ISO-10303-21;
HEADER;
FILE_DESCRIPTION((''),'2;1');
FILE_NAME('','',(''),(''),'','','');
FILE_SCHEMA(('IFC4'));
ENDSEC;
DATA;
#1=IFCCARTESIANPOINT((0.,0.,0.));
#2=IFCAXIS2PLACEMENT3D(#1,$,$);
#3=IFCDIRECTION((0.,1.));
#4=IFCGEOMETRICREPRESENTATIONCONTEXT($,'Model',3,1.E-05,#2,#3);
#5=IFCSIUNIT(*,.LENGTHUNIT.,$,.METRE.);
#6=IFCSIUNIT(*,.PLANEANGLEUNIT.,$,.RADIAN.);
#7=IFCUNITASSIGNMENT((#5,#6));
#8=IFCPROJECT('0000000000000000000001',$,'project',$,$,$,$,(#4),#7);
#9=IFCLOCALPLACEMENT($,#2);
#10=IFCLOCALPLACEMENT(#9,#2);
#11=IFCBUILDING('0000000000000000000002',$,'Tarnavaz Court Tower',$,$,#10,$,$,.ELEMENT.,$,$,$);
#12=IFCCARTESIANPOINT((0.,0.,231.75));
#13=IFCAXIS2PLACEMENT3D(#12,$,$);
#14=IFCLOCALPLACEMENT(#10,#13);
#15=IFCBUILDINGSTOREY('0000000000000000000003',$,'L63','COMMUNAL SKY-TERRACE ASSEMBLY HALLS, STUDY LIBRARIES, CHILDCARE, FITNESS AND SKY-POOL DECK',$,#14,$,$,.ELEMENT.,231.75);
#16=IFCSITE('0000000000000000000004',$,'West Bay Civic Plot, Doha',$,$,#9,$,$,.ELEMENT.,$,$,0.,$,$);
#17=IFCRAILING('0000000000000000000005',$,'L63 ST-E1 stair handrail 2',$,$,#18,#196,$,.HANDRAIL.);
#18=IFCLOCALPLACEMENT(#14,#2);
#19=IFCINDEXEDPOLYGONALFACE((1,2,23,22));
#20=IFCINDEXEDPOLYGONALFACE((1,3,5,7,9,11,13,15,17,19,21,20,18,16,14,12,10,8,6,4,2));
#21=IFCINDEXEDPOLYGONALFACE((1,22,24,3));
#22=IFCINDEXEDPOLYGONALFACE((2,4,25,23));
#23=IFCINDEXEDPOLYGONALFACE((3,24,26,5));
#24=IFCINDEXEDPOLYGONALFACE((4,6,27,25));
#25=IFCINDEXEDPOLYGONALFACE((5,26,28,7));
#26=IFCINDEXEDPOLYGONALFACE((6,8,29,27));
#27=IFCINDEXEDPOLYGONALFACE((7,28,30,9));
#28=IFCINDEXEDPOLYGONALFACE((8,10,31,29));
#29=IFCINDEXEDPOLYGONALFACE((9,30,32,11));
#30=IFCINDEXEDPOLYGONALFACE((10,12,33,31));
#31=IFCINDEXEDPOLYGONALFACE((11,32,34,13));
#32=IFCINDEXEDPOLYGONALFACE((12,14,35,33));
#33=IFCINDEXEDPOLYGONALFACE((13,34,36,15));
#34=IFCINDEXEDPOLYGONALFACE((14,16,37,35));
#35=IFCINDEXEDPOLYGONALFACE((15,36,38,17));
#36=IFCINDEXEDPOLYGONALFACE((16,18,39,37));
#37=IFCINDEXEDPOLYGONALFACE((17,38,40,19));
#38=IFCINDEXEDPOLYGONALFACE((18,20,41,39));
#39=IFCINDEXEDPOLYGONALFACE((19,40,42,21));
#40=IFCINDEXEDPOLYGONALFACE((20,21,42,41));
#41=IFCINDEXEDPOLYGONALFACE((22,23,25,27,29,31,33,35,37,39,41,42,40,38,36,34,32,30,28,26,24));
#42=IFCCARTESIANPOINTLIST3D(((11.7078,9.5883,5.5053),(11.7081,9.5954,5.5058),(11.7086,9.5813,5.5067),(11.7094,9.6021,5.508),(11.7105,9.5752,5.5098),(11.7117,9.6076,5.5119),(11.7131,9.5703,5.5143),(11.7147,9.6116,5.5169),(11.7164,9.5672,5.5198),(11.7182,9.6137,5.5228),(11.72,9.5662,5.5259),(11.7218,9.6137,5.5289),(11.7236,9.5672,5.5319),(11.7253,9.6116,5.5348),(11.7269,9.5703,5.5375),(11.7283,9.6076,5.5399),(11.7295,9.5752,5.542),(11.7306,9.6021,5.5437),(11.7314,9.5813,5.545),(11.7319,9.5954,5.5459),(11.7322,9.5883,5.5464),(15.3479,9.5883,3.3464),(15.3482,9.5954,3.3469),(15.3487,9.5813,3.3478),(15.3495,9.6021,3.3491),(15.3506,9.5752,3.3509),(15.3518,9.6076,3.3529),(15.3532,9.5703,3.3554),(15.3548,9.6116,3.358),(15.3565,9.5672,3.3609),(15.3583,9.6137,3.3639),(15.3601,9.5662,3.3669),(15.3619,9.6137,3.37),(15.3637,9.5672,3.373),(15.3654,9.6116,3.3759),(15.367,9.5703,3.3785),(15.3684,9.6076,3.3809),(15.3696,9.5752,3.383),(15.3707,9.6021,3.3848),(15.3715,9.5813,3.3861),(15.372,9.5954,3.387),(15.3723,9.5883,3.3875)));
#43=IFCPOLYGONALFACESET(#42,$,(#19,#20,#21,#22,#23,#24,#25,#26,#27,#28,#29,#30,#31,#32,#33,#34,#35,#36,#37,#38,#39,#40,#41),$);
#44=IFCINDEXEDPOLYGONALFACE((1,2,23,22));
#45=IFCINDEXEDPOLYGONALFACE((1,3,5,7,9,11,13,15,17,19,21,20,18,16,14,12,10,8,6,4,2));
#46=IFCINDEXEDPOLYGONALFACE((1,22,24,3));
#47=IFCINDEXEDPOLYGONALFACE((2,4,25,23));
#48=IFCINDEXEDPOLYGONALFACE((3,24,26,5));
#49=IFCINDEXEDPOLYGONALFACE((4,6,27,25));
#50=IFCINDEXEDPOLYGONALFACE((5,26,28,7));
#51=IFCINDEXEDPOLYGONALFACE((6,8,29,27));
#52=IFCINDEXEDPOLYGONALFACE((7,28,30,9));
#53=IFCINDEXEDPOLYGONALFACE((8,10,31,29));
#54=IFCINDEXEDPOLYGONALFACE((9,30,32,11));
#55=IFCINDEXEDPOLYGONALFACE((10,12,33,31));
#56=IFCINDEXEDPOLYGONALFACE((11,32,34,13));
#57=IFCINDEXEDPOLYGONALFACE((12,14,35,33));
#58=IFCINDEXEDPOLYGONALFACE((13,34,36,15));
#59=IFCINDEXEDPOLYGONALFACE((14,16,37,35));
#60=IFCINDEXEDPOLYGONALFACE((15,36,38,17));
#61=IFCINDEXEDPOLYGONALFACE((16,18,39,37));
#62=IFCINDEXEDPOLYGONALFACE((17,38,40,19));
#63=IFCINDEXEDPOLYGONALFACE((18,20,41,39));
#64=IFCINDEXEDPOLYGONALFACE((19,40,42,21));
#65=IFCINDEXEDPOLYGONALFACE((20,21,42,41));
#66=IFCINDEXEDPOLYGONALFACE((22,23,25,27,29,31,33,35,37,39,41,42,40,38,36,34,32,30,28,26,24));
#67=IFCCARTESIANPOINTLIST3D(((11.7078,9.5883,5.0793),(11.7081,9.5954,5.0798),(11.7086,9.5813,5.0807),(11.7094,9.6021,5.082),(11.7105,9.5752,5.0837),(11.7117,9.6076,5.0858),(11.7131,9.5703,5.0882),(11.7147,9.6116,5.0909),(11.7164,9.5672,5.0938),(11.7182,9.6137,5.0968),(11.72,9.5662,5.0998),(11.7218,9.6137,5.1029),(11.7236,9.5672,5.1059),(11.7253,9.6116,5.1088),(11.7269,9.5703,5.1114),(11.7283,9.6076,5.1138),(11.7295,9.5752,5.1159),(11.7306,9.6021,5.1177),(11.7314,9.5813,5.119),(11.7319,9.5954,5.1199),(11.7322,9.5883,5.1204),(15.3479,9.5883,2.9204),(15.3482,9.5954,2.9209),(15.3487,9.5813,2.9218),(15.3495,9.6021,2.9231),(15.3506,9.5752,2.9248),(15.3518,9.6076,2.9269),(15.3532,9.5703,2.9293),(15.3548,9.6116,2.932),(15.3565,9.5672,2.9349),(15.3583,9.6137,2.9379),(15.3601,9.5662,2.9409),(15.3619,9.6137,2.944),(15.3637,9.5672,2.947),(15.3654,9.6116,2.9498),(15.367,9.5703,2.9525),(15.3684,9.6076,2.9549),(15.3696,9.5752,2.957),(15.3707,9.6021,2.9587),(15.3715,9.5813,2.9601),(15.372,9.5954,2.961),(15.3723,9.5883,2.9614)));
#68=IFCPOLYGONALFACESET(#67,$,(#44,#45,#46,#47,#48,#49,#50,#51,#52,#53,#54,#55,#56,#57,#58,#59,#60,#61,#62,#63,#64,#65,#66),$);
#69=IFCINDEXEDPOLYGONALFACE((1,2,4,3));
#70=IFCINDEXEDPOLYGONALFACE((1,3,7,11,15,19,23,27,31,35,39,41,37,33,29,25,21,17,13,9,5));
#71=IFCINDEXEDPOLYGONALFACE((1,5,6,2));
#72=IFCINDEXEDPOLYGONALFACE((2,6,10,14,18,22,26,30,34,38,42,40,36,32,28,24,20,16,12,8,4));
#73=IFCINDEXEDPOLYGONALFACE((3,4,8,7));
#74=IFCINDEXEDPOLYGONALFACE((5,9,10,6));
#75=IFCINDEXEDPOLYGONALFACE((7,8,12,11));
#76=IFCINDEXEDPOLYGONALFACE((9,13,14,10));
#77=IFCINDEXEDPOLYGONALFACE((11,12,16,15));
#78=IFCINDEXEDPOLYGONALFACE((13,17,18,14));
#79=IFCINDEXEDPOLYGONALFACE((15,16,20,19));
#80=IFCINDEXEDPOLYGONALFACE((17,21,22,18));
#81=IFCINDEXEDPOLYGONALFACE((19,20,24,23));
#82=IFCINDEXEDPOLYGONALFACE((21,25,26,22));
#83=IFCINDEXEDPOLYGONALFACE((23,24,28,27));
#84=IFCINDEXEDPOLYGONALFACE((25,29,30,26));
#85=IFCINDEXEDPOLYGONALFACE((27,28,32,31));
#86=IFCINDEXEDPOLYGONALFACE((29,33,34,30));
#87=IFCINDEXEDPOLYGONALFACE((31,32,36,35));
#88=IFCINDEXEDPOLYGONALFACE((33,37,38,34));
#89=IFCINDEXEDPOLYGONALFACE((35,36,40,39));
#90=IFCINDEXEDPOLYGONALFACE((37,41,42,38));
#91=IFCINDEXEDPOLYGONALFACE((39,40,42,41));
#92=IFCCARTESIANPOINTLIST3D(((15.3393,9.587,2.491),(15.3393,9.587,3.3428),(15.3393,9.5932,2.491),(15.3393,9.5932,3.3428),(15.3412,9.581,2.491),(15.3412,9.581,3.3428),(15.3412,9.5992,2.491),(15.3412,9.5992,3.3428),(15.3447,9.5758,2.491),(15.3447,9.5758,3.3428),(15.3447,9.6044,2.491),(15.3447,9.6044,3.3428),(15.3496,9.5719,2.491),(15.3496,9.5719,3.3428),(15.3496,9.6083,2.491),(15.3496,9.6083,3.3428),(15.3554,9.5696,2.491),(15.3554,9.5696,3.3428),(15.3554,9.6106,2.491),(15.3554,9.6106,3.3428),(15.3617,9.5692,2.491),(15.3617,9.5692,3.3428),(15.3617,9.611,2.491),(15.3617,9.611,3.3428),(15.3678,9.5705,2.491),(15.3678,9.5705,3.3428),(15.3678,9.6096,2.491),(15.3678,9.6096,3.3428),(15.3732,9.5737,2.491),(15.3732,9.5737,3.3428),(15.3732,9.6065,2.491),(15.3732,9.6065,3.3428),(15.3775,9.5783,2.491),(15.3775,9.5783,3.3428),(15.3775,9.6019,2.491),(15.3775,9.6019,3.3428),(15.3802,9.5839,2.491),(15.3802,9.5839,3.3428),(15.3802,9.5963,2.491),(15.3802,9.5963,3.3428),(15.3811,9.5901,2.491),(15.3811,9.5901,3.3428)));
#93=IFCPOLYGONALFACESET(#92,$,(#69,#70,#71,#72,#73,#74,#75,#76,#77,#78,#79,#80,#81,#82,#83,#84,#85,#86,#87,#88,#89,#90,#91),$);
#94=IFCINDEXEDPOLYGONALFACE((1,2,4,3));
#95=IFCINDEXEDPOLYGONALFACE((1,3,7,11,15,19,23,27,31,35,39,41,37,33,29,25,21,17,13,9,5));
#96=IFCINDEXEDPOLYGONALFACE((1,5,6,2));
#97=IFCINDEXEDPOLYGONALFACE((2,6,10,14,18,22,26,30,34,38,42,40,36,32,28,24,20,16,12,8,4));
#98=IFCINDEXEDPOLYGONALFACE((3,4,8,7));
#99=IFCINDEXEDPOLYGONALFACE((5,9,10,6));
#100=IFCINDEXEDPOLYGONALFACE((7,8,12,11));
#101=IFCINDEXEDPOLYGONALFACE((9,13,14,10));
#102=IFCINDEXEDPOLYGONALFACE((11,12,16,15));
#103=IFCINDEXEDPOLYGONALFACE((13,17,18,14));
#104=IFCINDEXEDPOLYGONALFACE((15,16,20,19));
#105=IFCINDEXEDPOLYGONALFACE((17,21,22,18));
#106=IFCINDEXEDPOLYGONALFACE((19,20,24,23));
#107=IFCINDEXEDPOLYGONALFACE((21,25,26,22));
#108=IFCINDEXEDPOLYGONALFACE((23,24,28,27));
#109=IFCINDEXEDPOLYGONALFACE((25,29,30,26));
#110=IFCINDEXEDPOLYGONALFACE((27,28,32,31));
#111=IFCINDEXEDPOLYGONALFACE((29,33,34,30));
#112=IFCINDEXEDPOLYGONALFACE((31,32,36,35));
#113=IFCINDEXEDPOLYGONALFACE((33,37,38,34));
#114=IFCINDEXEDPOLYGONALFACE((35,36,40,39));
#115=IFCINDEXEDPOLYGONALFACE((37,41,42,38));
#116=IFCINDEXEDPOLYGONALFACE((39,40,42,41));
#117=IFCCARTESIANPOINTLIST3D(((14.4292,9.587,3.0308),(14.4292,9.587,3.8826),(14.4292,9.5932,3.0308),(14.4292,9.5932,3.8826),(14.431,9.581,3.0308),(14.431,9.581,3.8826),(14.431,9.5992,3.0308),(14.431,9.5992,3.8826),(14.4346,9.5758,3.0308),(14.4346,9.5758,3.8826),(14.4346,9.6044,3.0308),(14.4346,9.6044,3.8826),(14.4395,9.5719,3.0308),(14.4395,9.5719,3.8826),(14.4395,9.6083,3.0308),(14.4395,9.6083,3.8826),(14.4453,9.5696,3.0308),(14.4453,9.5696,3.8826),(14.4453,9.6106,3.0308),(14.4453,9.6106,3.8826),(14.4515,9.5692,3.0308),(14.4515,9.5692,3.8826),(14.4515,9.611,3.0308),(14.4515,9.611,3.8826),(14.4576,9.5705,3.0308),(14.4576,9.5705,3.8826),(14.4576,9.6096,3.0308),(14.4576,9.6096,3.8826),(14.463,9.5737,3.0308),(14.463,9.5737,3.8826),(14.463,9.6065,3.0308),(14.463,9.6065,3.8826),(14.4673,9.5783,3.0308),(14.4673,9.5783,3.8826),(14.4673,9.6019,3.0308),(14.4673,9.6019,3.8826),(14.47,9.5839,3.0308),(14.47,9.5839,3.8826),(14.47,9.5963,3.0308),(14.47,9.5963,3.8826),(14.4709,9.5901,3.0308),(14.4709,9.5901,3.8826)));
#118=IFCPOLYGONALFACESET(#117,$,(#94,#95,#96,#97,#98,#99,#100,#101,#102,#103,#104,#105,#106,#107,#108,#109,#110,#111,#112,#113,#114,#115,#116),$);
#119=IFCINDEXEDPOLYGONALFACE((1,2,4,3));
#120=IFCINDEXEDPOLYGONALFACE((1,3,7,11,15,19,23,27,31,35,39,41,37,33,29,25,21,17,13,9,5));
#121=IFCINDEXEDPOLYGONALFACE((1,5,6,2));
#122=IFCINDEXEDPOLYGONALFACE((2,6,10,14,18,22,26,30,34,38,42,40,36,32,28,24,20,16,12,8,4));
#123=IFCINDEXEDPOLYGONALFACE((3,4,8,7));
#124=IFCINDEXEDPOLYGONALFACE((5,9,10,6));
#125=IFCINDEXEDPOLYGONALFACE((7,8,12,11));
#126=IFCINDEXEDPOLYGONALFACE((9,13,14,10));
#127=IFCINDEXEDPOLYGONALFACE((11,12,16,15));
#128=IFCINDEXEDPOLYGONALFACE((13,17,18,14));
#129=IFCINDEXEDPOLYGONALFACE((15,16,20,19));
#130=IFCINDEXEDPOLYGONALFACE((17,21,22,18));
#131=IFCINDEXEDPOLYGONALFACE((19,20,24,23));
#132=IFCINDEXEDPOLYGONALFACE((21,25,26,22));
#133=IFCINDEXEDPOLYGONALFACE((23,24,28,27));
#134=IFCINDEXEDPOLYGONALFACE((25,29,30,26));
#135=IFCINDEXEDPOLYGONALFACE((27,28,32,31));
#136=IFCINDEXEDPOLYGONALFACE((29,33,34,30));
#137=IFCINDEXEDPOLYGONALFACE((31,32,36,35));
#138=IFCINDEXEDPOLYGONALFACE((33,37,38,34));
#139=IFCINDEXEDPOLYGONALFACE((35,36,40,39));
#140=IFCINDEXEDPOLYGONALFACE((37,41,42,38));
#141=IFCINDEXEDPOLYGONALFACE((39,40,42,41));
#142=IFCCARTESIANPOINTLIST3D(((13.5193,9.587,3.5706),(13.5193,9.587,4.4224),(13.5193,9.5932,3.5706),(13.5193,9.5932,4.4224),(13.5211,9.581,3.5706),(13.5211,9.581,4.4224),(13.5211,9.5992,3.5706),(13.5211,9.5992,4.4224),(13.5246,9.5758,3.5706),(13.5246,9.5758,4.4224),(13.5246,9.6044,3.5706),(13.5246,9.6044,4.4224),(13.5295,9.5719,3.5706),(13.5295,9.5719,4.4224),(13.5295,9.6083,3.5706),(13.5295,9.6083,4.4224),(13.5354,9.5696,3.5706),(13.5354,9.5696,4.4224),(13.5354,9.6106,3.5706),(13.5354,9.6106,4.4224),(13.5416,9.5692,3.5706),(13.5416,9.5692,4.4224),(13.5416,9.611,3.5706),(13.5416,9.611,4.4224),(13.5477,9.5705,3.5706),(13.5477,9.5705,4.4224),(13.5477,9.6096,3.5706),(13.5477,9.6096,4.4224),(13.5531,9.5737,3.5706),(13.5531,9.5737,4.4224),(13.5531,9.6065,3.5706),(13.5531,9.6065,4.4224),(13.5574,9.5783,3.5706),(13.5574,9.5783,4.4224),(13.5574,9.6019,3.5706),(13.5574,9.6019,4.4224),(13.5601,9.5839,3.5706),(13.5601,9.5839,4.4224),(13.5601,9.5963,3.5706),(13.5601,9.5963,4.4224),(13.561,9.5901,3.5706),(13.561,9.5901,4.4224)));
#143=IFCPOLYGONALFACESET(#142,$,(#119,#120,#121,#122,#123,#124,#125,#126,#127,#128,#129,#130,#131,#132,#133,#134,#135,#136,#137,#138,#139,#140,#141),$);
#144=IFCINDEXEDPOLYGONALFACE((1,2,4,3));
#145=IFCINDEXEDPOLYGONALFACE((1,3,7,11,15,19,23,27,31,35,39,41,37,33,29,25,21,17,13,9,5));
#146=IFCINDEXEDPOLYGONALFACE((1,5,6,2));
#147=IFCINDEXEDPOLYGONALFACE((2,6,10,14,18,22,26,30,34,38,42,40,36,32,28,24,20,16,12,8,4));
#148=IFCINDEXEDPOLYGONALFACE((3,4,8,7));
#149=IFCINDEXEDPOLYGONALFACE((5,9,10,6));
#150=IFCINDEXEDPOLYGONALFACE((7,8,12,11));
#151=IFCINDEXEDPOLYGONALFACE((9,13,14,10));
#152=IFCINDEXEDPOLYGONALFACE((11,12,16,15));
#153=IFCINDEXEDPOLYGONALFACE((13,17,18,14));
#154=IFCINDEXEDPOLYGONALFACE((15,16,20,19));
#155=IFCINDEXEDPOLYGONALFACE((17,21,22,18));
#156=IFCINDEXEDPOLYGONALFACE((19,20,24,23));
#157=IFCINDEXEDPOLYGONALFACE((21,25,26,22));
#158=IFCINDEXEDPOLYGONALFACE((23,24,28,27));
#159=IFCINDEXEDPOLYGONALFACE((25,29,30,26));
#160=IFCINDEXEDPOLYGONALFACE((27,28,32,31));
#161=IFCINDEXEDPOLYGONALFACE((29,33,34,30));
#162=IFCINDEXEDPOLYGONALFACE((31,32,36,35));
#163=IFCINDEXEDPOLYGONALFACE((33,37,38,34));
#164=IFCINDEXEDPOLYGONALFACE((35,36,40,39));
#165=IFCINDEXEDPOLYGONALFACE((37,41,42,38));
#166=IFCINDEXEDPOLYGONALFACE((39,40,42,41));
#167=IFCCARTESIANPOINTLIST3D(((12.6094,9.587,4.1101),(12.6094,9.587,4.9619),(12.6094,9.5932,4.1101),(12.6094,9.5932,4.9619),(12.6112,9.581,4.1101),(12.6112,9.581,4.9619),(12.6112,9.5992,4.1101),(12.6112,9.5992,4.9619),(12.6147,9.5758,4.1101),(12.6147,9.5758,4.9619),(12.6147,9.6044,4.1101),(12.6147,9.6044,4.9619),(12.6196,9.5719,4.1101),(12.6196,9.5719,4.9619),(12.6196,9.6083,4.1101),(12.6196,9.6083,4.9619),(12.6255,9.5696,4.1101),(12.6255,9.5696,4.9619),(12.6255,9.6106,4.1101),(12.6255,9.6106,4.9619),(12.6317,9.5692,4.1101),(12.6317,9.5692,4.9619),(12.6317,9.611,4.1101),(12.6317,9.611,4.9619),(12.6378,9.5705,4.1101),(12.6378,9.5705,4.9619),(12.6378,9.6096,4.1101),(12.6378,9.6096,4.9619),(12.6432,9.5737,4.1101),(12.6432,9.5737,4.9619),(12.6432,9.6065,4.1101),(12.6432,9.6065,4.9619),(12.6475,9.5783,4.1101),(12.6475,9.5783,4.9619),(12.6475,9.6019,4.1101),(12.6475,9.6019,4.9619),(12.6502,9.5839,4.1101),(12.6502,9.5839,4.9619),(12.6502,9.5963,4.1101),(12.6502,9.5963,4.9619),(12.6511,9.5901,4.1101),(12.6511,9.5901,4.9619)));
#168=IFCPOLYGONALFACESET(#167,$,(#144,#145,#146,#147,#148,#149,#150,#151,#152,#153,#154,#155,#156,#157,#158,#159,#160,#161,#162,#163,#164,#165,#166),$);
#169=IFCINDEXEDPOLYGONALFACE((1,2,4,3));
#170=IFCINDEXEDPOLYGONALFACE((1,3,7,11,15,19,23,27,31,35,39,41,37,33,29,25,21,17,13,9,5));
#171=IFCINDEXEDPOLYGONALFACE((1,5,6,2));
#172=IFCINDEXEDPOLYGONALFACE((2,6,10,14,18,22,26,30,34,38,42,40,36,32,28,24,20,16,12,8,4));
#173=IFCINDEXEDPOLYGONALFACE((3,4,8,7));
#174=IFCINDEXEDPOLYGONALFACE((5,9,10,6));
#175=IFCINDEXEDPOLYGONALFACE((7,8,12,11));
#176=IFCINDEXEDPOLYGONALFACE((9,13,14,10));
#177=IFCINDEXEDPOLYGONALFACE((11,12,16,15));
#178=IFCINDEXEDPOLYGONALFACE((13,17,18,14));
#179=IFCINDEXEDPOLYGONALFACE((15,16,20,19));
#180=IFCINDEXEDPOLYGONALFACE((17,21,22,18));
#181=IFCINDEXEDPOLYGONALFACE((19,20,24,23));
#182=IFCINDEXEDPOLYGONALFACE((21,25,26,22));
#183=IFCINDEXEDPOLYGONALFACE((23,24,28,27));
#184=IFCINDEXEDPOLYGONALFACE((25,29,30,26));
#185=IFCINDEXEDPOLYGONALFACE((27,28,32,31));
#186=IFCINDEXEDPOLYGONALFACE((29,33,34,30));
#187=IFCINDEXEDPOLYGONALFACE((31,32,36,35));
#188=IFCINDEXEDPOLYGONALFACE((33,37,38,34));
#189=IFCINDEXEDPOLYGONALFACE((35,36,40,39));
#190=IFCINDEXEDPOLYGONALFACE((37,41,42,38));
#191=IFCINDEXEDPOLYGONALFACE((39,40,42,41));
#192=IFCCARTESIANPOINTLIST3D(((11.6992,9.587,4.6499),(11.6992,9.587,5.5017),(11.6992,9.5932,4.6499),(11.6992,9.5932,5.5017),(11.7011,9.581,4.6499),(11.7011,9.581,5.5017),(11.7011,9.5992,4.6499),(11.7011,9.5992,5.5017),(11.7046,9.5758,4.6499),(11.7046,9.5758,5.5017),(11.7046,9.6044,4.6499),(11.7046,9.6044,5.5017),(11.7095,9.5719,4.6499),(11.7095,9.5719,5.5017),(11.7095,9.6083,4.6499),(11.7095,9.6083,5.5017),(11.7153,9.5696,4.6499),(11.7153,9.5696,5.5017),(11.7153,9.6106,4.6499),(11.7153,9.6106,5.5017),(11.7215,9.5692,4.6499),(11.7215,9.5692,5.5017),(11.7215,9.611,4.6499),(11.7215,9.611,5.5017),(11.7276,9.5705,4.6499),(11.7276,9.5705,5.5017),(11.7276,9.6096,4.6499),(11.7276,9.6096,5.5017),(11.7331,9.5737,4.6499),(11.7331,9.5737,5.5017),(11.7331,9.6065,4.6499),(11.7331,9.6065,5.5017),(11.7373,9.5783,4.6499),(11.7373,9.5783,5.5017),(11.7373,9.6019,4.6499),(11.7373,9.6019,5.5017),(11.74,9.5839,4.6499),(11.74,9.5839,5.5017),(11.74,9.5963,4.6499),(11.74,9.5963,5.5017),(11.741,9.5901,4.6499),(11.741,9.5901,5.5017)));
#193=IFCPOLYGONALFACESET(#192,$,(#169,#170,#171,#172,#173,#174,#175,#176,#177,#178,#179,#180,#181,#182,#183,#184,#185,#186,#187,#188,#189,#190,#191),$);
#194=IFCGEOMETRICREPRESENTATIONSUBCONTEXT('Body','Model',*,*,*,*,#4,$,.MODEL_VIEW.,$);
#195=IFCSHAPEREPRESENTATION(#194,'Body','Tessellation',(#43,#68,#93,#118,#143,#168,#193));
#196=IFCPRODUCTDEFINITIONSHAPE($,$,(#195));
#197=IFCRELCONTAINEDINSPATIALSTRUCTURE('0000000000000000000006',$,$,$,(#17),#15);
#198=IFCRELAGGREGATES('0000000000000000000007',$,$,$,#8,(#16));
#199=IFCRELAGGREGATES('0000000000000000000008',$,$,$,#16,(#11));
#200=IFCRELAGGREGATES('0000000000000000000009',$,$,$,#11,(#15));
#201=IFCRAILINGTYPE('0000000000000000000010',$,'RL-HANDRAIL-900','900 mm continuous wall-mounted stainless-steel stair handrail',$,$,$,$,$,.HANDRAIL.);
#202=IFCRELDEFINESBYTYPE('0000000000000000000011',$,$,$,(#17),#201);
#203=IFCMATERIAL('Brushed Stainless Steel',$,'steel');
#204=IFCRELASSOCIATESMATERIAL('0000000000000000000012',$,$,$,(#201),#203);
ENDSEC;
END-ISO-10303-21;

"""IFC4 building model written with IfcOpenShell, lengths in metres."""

from ifc_helpers import new_model, si_unit, direction, frame, origin, origin_2d, place, context, subcontext, project, spatial, circle, extrude, material, type_object, element, save


model = new_model("IFC4")

# Units and contexts
model_context = context("Model", 3, precision=1e-05, world=origin(), true_north=direction((0.0, 1.0)))
body_context = subcontext(model_context, "Body", "Model", "MODEL_VIEW")
ifc_project = project(units=[si_unit("LENGTHUNIT", "METRE"), si_unit("PLANEANGLEUNIT", "RADIAN")], contexts=[model_context])

# Site, building, storey
site_placement = place(None, origin())
site = spatial("IfcSite", under=ifc_project, at=site_placement, Name="West Bay Civic Plot, Doha", CompositionType="ELEMENT", RefElevation=0.0)
building_placement = place(site_placement, origin())
building = spatial("IfcBuilding", under=site, at=building_placement, Name="Tarnavaz Court Tower", CompositionType="ELEMENT")
storey_placement = place(building_placement, frame((0.0, 0.0, 231.75)))
storey = spatial("IfcBuildingStorey", under=building, at=storey_placement, Name="L63", Description="COMMUNAL SKY-TERRACE ASSEMBLY HALLS, STUDY LIBRARIES, CHILDCARE, FITNESS AND SKY-POOL DECK", CompositionType="ELEMENT", Elevation=231.75)

# Railing
ifc_material_1 = material(Name="Brushed Stainless Steel", Category="steel")
railing_type_1 = type_object("IfcRailingType", Name="RL-HANDRAIL-900", Description="900 mm continuous wall-mounted stainless-steel stair handrail", PredefinedType="HANDRAIL", material=ifc_material_1)
railing_1_placement = place(storey_placement, frame((15.3601, 9.5901, 2.491)))
element("IfcRailing", 1, at=railing_1_placement, inside=storey, type_object=railing_type_1, Name="L63 ST-E1 stair handrail 2", PredefinedType="HANDRAIL", context=body_context, shape_type="SweptSolid", body=[
    extrude(circle(Radius=0.0239, at=origin_2d()), frame((0.0, 0.0, 0.876), z_axis=(-0.860103, 0.0, 0.51012), x_axis=(0.0, -1.0, 0.0)), (0.0, 0.0, 1.0), 4.2322),
    extrude(circle(Radius=0.0239, at=origin_2d()), frame((0.0, 0.0, 0.45), z_axis=(-0.860103, 0.0, 0.51012), x_axis=(0.0, -1.0, 0.0)), (0.0, 0.0, 1.0), 4.2322),
    extrude(circle(Radius=0.021, at=origin_2d()), origin(), (0.0, 0.0, 1.0), 0.8518),
    extrude(circle(Radius=0.021, at=origin_2d()), frame((-0.9102, 0.0, 0.5398)), (0.0, 0.0, 1.0), 0.8518),
    extrude(circle(Radius=0.021, at=origin_2d()), frame((-1.8201, 0.0, 1.0796)), (0.0, 0.0, 1.0), 0.8518),
    extrude(circle(Radius=0.021, at=origin_2d()), frame((-2.73, 0.0, 1.6191)), (0.0, 0.0, 1.0), 0.8518),
    extrude(circle(Radius=0.021, at=origin_2d()), frame((-3.6401, 0.0, 2.1589)), (0.0, 0.0, 1.0), 0.8518),
])

save(model, "model.ifc")
